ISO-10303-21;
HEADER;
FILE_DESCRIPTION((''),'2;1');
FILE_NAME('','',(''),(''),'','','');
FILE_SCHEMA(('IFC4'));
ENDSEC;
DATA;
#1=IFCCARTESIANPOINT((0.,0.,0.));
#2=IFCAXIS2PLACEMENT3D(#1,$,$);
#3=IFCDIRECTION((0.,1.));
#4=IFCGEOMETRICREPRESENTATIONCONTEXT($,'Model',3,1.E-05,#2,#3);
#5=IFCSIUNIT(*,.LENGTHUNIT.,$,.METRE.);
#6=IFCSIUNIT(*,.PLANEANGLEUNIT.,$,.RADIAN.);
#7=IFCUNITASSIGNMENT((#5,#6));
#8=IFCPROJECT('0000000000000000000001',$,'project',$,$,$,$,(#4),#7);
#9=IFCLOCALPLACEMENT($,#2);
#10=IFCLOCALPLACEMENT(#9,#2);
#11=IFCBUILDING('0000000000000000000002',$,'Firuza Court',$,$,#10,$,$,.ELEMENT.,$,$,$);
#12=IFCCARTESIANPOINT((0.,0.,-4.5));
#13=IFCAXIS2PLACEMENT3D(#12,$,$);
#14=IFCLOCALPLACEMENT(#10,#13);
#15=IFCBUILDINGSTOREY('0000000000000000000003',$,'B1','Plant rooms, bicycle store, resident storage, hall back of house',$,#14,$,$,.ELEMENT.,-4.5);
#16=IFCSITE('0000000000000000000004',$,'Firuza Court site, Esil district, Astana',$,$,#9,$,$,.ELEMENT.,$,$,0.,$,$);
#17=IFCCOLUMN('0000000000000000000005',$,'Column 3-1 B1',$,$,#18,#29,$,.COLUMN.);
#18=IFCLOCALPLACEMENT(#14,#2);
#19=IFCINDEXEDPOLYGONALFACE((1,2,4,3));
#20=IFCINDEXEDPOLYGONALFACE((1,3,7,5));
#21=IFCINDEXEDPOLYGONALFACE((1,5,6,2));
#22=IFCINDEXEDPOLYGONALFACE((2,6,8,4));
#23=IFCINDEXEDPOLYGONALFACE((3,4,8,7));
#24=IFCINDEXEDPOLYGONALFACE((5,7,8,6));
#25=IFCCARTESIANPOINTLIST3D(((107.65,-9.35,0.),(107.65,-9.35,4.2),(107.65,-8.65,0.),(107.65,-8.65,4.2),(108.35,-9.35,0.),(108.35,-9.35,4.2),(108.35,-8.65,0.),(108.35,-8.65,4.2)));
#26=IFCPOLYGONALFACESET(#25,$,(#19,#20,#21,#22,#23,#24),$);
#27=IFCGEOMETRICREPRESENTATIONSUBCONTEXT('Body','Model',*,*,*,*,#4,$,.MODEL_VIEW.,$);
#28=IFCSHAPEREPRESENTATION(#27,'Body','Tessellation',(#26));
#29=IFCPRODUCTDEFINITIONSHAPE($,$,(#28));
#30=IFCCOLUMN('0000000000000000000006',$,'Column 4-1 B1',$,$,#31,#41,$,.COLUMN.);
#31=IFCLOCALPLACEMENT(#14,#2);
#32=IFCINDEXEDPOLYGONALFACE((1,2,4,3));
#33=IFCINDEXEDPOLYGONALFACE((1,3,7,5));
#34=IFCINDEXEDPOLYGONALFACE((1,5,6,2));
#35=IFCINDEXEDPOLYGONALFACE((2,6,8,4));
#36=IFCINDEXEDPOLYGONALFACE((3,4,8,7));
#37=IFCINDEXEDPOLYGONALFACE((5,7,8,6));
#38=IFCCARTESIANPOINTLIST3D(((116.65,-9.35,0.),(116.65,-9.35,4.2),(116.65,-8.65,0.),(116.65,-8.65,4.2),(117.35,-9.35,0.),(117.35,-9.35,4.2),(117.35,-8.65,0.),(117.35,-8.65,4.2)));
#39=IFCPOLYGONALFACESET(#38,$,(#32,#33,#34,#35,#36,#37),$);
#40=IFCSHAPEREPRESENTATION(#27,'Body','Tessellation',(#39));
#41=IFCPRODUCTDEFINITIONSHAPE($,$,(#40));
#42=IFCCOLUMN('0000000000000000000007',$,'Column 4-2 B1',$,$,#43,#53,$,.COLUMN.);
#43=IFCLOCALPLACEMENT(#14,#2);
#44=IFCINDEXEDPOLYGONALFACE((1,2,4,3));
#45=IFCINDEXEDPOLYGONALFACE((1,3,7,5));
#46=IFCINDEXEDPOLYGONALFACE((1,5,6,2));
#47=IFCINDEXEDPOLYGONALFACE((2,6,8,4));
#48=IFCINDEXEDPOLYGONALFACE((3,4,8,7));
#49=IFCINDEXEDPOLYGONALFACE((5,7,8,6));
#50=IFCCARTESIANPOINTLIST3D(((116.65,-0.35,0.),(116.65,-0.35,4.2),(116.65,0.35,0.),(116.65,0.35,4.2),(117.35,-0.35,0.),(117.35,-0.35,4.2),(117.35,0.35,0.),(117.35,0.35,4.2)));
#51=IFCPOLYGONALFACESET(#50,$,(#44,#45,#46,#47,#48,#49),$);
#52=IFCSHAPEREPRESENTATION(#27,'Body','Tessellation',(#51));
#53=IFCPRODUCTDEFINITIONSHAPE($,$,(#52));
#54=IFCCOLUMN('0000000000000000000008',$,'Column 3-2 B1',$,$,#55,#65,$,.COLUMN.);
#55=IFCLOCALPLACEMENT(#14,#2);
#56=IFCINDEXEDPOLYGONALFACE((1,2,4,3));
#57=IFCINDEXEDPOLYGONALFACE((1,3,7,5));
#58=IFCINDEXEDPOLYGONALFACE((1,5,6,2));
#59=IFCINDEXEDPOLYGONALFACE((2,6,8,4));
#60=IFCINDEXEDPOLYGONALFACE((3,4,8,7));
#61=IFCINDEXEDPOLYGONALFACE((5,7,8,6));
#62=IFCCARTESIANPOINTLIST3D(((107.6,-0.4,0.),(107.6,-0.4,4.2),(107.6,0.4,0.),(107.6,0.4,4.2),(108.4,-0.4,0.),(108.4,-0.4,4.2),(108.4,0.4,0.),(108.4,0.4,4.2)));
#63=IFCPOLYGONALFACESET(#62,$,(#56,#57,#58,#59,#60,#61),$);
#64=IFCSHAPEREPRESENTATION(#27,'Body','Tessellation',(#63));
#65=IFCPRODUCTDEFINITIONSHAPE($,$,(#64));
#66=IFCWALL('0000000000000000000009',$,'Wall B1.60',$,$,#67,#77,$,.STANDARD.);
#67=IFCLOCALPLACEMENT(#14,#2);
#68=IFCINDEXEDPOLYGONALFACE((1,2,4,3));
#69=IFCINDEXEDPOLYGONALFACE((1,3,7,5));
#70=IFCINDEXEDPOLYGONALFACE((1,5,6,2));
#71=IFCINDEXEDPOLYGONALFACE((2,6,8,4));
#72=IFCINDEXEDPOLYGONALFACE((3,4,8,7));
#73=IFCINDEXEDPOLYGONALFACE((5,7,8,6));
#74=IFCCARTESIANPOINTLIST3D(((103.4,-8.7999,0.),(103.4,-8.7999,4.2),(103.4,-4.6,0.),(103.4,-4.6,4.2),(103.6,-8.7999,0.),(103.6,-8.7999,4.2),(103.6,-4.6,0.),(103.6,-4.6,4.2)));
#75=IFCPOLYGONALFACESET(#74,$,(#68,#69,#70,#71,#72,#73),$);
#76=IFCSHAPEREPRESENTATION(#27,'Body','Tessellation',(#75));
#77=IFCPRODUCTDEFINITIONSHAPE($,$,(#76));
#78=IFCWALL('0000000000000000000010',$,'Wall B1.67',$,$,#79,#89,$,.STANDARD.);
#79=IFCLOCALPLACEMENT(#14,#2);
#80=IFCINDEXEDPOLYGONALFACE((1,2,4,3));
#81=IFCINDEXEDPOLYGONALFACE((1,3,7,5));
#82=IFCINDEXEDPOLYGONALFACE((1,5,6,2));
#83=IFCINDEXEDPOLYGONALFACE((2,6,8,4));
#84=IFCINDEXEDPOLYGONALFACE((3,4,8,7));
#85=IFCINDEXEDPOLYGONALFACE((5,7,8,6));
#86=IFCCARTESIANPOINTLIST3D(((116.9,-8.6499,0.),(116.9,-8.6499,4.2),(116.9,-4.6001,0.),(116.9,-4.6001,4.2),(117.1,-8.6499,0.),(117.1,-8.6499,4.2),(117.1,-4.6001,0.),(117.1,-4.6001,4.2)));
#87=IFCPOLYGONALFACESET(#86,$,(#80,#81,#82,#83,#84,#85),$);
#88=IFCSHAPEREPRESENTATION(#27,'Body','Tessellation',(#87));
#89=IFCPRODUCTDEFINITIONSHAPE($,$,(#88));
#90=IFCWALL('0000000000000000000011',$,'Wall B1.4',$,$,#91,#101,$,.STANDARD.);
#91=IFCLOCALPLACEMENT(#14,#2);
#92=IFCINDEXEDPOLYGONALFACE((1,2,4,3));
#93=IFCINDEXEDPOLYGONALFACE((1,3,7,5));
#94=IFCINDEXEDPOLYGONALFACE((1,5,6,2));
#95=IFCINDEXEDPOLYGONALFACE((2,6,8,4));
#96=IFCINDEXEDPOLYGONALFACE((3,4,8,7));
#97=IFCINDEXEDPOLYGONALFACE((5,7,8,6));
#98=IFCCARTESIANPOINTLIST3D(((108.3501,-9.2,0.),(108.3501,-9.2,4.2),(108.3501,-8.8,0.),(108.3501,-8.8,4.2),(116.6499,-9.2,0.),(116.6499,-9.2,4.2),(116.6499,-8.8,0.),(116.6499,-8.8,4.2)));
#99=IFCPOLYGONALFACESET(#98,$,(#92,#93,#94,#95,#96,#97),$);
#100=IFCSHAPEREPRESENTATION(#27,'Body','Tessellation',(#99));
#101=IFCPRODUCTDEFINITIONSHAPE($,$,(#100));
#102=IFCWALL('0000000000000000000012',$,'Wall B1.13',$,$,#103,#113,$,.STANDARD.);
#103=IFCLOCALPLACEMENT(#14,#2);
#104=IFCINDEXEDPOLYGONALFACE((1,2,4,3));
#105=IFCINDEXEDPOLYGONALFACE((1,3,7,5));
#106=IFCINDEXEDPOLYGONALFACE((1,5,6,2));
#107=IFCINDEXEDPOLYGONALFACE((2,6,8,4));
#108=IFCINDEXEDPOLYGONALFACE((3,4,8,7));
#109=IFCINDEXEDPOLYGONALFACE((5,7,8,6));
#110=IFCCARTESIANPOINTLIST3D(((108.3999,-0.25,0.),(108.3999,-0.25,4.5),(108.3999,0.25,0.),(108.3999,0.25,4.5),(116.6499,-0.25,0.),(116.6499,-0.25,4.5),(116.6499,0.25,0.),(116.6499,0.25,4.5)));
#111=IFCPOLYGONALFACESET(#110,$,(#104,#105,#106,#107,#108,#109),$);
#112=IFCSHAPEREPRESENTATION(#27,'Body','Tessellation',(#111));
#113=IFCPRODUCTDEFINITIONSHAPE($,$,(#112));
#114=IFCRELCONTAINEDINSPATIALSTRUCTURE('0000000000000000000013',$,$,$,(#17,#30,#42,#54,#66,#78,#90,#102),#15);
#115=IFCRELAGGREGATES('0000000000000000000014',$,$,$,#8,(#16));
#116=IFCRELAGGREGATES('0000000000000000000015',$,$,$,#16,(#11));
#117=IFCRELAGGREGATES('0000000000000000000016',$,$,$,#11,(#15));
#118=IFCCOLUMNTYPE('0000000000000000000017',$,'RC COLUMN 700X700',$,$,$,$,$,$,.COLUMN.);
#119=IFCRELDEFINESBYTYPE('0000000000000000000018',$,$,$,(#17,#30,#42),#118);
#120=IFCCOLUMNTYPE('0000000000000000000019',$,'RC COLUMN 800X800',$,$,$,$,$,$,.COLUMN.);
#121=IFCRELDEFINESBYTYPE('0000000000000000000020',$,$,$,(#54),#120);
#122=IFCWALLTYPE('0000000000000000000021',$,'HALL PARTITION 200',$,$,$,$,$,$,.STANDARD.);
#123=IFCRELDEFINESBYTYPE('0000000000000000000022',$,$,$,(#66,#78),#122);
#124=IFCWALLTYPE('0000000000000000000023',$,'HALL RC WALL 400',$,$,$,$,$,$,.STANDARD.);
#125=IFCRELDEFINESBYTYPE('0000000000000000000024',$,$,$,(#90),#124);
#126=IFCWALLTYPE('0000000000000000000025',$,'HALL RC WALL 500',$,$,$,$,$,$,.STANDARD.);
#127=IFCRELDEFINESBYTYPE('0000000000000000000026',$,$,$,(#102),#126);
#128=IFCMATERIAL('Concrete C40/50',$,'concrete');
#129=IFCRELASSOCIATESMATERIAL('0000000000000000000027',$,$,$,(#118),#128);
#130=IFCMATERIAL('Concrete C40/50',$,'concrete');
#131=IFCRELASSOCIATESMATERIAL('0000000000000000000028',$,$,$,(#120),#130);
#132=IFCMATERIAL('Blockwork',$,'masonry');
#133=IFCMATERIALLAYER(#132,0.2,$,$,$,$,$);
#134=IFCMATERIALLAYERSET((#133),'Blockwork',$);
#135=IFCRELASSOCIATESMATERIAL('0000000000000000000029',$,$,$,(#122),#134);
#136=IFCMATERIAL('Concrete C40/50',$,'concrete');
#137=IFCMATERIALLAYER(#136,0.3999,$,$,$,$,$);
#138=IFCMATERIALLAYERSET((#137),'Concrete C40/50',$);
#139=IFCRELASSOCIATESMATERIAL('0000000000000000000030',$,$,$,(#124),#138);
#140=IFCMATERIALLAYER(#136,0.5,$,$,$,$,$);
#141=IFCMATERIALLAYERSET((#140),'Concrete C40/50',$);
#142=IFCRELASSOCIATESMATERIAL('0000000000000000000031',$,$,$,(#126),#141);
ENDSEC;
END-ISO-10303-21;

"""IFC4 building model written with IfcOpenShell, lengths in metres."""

from ifc_helpers import new_model, si_unit, direction, frame, frame_2d, origin, origin_2d, place, context, subcontext, project, spatial, rectangle, extrude, material, layer, layer_set, material_profile, profile_set, type_object, element, save


model = new_model("IFC4")

# Units and contexts
model_context = context("Model", 3, precision=1e-05, world=origin(), true_north=direction((0.0, 1.0)))
body_context = subcontext(model_context, "Body", "Model", "MODEL_VIEW")
ifc_project = project(units=[si_unit("LENGTHUNIT", "METRE"), si_unit("PLANEANGLEUNIT", "RADIAN")], contexts=[model_context])

# Site, building, storey
site_placement = place(None, origin())
site = spatial("IfcSite", under=ifc_project, at=site_placement, Name="Firuza Court site, Esil district, Astana", CompositionType="ELEMENT", RefElevation=0.0)
building_placement = place(site_placement, origin())
building = spatial("IfcBuilding", under=site, at=building_placement, Name="Firuza Court", CompositionType="ELEMENT")
storey_placement = place(building_placement, frame((0.0, 0.0, -4.5)))
storey = spatial("IfcBuildingStorey", under=building, at=storey_placement, Name="B1", Description="Plant rooms, bicycle store, resident storage, hall back of house", CompositionType="ELEMENT", Elevation=-4.5)

# Shared definitions
ifc_material_1 = material(Name="Concrete C40/50", Category="concrete")

# Columns
ifc_material_2 = material(Name="Concrete C40/50", Category="concrete")
ifc_material_profile_1 = material_profile(ifc_material_2, rectangle(XDim=0.7, YDim=0.7, at=origin_2d()), Name="RC 700X700")
ifc_profile_set_1 = profile_set([ifc_material_profile_1], Name="Concrete C40/50")
column_type_1 = type_object("IfcColumnType", Name="RC COLUMN 700X700", PredefinedType="COLUMN", material=ifc_profile_set_1)
for number, where, z_axis, x_axis, name in (
    (1, (108.0, -9.0, 0.0), (0.0, 0.0, 1.0), (1.0, 0.0, 0.0), "Column 3-1 B1"),
    (2, (117.0, -9.0, 0.0), (0.0, 0.0, 1.0), (1.0, 0.0, 0.0), "Column 4-1 B1"),
    (3, (117.0, 0.0, 0.0), (0.0, 0.0, 1.0), (1.0, 0.0, 0.0), "Column 4-2 B1"),
):
    element("IfcColumn", number, at=place(storey_placement, frame(where, z_axis=z_axis, x_axis=x_axis)), inside=storey, type_object=column_type_1, Name=name, PredefinedType="COLUMN", context=body_context, shape_type="SweptSolid", body=[
        extrude(rectangle(XDim=0.7, YDim=0.7, at=origin_2d()), origin(), (0.0, 0.0, 1.0), 4.2),
    ])
ifc_material_3 = material(Name="Concrete C40/50", Category="concrete")
ifc_material_profile_2 = material_profile(ifc_material_3, rectangle(XDim=0.8, YDim=0.8, at=origin_2d()), Name="RC 800X800")
ifc_profile_set_2 = profile_set([ifc_material_profile_2], Name="Concrete C40/50")
column_type_2 = type_object("IfcColumnType", Name="RC COLUMN 800X800", PredefinedType="COLUMN", material=ifc_profile_set_2)
column_placement = place(storey_placement, frame((108.0, 0.0, 0.0), z_axis=(0.0, 0.0, 1.0), x_axis=(1.0, 0.0, 0.0)))
element("IfcColumn", 4, at=column_placement, inside=storey, type_object=column_type_2, Name="Column 3-2 B1", PredefinedType="COLUMN", context=body_context, shape_type="SweptSolid", body=[
    extrude(rectangle(XDim=0.8, YDim=0.8, at=origin_2d()), origin(), (0.0, 0.0, 1.0), 4.2),
])

# Walls
ifc_material_4 = material(Name="Blockwork", Category="masonry")
ifc_layer_1 = layer(ifc_material_4, 0.2)
ifc_layer_set_1 = layer_set([ifc_layer_1], Name="Blockwork")
wall_type_1 = type_object("IfcWallType", Name="HALL PARTITION 200", PredefinedType="STANDARD", material=ifc_layer_set_1)
wall_1_placement = place(storey_placement, frame((103.5, -8.8, 0.0), z_axis=(0.0, 0.0, 1.0), x_axis=(0.0, 1.0, 0.0)))
element("IfcWall", 5, at=wall_1_placement, inside=storey, type_object=wall_type_1, Name="Wall B1.60", PredefinedType="STANDARD", context=body_context, shape_type="SweptSolid", body=[
    extrude(rectangle(XDim=4.2, YDim=0.2, at=frame_2d((2.1001, 0.0))), origin(), (0.0, 0.0, 1.0), 4.2),
])
wall_2_placement = place(storey_placement, frame((117.0, -8.6499, 0.0), z_axis=(0.0, 0.0, 1.0), x_axis=(0.0, 1.0, 0.0)))
element("IfcWall", 6, at=wall_2_placement, inside=storey, type_object=wall_type_1, Name="Wall B1.67", PredefinedType="STANDARD", context=body_context, shape_type="SweptSolid", body=[
    extrude(rectangle(XDim=4.0498, YDim=0.2, at=frame_2d((2.0249, 0.0))), origin(), (0.0, 0.0, 1.0), 4.2),
])
ifc_layer_2 = layer(ifc_material_1, 0.3999)
ifc_layer_set_2 = layer_set([ifc_layer_2], Name="Concrete C40/50")
wall_type_2 = type_object("IfcWallType", Name="HALL RC WALL 400", PredefinedType="STANDARD", material=ifc_layer_set_2)
wall_3_placement = place(storey_placement, frame((108.3501, -9.0, 0.0), z_axis=(0.0, 0.0, 1.0), x_axis=(1.0, 0.0, 0.0)))
element("IfcWall", 7, at=wall_3_placement, inside=storey, type_object=wall_type_2, Name="Wall B1.4", PredefinedType="STANDARD", context=body_context, shape_type="SweptSolid", body=[
    extrude(rectangle(XDim=8.2998, YDim=0.3999, at=frame_2d((4.1499, 0.0))), origin(), (0.0, 0.0, 1.0), 4.2),
])
ifc_layer_3 = layer(ifc_material_1, 0.5)
ifc_layer_set_3 = layer_set([ifc_layer_3], Name="Concrete C40/50")
wall_type_3 = type_object("IfcWallType", Name="HALL RC WALL 500", PredefinedType="STANDARD", material=ifc_layer_set_3)
wall_4_placement = place(storey_placement, frame((108.3999, 0.0, 0.0), z_axis=(0.0, 0.0, 1.0), x_axis=(1.0, 0.0, 0.0)))
element("IfcWall", 8, at=wall_4_placement, inside=storey, type_object=wall_type_3, Name="Wall B1.13", PredefinedType="STANDARD", context=body_context, shape_type="SweptSolid", body=[
    extrude(rectangle(XDim=8.25, YDim=0.5, at=frame_2d((4.125, 0.0))), origin(), (0.0, 0.0, 1.0), 4.5),
])

save(model, "model.ifc")
